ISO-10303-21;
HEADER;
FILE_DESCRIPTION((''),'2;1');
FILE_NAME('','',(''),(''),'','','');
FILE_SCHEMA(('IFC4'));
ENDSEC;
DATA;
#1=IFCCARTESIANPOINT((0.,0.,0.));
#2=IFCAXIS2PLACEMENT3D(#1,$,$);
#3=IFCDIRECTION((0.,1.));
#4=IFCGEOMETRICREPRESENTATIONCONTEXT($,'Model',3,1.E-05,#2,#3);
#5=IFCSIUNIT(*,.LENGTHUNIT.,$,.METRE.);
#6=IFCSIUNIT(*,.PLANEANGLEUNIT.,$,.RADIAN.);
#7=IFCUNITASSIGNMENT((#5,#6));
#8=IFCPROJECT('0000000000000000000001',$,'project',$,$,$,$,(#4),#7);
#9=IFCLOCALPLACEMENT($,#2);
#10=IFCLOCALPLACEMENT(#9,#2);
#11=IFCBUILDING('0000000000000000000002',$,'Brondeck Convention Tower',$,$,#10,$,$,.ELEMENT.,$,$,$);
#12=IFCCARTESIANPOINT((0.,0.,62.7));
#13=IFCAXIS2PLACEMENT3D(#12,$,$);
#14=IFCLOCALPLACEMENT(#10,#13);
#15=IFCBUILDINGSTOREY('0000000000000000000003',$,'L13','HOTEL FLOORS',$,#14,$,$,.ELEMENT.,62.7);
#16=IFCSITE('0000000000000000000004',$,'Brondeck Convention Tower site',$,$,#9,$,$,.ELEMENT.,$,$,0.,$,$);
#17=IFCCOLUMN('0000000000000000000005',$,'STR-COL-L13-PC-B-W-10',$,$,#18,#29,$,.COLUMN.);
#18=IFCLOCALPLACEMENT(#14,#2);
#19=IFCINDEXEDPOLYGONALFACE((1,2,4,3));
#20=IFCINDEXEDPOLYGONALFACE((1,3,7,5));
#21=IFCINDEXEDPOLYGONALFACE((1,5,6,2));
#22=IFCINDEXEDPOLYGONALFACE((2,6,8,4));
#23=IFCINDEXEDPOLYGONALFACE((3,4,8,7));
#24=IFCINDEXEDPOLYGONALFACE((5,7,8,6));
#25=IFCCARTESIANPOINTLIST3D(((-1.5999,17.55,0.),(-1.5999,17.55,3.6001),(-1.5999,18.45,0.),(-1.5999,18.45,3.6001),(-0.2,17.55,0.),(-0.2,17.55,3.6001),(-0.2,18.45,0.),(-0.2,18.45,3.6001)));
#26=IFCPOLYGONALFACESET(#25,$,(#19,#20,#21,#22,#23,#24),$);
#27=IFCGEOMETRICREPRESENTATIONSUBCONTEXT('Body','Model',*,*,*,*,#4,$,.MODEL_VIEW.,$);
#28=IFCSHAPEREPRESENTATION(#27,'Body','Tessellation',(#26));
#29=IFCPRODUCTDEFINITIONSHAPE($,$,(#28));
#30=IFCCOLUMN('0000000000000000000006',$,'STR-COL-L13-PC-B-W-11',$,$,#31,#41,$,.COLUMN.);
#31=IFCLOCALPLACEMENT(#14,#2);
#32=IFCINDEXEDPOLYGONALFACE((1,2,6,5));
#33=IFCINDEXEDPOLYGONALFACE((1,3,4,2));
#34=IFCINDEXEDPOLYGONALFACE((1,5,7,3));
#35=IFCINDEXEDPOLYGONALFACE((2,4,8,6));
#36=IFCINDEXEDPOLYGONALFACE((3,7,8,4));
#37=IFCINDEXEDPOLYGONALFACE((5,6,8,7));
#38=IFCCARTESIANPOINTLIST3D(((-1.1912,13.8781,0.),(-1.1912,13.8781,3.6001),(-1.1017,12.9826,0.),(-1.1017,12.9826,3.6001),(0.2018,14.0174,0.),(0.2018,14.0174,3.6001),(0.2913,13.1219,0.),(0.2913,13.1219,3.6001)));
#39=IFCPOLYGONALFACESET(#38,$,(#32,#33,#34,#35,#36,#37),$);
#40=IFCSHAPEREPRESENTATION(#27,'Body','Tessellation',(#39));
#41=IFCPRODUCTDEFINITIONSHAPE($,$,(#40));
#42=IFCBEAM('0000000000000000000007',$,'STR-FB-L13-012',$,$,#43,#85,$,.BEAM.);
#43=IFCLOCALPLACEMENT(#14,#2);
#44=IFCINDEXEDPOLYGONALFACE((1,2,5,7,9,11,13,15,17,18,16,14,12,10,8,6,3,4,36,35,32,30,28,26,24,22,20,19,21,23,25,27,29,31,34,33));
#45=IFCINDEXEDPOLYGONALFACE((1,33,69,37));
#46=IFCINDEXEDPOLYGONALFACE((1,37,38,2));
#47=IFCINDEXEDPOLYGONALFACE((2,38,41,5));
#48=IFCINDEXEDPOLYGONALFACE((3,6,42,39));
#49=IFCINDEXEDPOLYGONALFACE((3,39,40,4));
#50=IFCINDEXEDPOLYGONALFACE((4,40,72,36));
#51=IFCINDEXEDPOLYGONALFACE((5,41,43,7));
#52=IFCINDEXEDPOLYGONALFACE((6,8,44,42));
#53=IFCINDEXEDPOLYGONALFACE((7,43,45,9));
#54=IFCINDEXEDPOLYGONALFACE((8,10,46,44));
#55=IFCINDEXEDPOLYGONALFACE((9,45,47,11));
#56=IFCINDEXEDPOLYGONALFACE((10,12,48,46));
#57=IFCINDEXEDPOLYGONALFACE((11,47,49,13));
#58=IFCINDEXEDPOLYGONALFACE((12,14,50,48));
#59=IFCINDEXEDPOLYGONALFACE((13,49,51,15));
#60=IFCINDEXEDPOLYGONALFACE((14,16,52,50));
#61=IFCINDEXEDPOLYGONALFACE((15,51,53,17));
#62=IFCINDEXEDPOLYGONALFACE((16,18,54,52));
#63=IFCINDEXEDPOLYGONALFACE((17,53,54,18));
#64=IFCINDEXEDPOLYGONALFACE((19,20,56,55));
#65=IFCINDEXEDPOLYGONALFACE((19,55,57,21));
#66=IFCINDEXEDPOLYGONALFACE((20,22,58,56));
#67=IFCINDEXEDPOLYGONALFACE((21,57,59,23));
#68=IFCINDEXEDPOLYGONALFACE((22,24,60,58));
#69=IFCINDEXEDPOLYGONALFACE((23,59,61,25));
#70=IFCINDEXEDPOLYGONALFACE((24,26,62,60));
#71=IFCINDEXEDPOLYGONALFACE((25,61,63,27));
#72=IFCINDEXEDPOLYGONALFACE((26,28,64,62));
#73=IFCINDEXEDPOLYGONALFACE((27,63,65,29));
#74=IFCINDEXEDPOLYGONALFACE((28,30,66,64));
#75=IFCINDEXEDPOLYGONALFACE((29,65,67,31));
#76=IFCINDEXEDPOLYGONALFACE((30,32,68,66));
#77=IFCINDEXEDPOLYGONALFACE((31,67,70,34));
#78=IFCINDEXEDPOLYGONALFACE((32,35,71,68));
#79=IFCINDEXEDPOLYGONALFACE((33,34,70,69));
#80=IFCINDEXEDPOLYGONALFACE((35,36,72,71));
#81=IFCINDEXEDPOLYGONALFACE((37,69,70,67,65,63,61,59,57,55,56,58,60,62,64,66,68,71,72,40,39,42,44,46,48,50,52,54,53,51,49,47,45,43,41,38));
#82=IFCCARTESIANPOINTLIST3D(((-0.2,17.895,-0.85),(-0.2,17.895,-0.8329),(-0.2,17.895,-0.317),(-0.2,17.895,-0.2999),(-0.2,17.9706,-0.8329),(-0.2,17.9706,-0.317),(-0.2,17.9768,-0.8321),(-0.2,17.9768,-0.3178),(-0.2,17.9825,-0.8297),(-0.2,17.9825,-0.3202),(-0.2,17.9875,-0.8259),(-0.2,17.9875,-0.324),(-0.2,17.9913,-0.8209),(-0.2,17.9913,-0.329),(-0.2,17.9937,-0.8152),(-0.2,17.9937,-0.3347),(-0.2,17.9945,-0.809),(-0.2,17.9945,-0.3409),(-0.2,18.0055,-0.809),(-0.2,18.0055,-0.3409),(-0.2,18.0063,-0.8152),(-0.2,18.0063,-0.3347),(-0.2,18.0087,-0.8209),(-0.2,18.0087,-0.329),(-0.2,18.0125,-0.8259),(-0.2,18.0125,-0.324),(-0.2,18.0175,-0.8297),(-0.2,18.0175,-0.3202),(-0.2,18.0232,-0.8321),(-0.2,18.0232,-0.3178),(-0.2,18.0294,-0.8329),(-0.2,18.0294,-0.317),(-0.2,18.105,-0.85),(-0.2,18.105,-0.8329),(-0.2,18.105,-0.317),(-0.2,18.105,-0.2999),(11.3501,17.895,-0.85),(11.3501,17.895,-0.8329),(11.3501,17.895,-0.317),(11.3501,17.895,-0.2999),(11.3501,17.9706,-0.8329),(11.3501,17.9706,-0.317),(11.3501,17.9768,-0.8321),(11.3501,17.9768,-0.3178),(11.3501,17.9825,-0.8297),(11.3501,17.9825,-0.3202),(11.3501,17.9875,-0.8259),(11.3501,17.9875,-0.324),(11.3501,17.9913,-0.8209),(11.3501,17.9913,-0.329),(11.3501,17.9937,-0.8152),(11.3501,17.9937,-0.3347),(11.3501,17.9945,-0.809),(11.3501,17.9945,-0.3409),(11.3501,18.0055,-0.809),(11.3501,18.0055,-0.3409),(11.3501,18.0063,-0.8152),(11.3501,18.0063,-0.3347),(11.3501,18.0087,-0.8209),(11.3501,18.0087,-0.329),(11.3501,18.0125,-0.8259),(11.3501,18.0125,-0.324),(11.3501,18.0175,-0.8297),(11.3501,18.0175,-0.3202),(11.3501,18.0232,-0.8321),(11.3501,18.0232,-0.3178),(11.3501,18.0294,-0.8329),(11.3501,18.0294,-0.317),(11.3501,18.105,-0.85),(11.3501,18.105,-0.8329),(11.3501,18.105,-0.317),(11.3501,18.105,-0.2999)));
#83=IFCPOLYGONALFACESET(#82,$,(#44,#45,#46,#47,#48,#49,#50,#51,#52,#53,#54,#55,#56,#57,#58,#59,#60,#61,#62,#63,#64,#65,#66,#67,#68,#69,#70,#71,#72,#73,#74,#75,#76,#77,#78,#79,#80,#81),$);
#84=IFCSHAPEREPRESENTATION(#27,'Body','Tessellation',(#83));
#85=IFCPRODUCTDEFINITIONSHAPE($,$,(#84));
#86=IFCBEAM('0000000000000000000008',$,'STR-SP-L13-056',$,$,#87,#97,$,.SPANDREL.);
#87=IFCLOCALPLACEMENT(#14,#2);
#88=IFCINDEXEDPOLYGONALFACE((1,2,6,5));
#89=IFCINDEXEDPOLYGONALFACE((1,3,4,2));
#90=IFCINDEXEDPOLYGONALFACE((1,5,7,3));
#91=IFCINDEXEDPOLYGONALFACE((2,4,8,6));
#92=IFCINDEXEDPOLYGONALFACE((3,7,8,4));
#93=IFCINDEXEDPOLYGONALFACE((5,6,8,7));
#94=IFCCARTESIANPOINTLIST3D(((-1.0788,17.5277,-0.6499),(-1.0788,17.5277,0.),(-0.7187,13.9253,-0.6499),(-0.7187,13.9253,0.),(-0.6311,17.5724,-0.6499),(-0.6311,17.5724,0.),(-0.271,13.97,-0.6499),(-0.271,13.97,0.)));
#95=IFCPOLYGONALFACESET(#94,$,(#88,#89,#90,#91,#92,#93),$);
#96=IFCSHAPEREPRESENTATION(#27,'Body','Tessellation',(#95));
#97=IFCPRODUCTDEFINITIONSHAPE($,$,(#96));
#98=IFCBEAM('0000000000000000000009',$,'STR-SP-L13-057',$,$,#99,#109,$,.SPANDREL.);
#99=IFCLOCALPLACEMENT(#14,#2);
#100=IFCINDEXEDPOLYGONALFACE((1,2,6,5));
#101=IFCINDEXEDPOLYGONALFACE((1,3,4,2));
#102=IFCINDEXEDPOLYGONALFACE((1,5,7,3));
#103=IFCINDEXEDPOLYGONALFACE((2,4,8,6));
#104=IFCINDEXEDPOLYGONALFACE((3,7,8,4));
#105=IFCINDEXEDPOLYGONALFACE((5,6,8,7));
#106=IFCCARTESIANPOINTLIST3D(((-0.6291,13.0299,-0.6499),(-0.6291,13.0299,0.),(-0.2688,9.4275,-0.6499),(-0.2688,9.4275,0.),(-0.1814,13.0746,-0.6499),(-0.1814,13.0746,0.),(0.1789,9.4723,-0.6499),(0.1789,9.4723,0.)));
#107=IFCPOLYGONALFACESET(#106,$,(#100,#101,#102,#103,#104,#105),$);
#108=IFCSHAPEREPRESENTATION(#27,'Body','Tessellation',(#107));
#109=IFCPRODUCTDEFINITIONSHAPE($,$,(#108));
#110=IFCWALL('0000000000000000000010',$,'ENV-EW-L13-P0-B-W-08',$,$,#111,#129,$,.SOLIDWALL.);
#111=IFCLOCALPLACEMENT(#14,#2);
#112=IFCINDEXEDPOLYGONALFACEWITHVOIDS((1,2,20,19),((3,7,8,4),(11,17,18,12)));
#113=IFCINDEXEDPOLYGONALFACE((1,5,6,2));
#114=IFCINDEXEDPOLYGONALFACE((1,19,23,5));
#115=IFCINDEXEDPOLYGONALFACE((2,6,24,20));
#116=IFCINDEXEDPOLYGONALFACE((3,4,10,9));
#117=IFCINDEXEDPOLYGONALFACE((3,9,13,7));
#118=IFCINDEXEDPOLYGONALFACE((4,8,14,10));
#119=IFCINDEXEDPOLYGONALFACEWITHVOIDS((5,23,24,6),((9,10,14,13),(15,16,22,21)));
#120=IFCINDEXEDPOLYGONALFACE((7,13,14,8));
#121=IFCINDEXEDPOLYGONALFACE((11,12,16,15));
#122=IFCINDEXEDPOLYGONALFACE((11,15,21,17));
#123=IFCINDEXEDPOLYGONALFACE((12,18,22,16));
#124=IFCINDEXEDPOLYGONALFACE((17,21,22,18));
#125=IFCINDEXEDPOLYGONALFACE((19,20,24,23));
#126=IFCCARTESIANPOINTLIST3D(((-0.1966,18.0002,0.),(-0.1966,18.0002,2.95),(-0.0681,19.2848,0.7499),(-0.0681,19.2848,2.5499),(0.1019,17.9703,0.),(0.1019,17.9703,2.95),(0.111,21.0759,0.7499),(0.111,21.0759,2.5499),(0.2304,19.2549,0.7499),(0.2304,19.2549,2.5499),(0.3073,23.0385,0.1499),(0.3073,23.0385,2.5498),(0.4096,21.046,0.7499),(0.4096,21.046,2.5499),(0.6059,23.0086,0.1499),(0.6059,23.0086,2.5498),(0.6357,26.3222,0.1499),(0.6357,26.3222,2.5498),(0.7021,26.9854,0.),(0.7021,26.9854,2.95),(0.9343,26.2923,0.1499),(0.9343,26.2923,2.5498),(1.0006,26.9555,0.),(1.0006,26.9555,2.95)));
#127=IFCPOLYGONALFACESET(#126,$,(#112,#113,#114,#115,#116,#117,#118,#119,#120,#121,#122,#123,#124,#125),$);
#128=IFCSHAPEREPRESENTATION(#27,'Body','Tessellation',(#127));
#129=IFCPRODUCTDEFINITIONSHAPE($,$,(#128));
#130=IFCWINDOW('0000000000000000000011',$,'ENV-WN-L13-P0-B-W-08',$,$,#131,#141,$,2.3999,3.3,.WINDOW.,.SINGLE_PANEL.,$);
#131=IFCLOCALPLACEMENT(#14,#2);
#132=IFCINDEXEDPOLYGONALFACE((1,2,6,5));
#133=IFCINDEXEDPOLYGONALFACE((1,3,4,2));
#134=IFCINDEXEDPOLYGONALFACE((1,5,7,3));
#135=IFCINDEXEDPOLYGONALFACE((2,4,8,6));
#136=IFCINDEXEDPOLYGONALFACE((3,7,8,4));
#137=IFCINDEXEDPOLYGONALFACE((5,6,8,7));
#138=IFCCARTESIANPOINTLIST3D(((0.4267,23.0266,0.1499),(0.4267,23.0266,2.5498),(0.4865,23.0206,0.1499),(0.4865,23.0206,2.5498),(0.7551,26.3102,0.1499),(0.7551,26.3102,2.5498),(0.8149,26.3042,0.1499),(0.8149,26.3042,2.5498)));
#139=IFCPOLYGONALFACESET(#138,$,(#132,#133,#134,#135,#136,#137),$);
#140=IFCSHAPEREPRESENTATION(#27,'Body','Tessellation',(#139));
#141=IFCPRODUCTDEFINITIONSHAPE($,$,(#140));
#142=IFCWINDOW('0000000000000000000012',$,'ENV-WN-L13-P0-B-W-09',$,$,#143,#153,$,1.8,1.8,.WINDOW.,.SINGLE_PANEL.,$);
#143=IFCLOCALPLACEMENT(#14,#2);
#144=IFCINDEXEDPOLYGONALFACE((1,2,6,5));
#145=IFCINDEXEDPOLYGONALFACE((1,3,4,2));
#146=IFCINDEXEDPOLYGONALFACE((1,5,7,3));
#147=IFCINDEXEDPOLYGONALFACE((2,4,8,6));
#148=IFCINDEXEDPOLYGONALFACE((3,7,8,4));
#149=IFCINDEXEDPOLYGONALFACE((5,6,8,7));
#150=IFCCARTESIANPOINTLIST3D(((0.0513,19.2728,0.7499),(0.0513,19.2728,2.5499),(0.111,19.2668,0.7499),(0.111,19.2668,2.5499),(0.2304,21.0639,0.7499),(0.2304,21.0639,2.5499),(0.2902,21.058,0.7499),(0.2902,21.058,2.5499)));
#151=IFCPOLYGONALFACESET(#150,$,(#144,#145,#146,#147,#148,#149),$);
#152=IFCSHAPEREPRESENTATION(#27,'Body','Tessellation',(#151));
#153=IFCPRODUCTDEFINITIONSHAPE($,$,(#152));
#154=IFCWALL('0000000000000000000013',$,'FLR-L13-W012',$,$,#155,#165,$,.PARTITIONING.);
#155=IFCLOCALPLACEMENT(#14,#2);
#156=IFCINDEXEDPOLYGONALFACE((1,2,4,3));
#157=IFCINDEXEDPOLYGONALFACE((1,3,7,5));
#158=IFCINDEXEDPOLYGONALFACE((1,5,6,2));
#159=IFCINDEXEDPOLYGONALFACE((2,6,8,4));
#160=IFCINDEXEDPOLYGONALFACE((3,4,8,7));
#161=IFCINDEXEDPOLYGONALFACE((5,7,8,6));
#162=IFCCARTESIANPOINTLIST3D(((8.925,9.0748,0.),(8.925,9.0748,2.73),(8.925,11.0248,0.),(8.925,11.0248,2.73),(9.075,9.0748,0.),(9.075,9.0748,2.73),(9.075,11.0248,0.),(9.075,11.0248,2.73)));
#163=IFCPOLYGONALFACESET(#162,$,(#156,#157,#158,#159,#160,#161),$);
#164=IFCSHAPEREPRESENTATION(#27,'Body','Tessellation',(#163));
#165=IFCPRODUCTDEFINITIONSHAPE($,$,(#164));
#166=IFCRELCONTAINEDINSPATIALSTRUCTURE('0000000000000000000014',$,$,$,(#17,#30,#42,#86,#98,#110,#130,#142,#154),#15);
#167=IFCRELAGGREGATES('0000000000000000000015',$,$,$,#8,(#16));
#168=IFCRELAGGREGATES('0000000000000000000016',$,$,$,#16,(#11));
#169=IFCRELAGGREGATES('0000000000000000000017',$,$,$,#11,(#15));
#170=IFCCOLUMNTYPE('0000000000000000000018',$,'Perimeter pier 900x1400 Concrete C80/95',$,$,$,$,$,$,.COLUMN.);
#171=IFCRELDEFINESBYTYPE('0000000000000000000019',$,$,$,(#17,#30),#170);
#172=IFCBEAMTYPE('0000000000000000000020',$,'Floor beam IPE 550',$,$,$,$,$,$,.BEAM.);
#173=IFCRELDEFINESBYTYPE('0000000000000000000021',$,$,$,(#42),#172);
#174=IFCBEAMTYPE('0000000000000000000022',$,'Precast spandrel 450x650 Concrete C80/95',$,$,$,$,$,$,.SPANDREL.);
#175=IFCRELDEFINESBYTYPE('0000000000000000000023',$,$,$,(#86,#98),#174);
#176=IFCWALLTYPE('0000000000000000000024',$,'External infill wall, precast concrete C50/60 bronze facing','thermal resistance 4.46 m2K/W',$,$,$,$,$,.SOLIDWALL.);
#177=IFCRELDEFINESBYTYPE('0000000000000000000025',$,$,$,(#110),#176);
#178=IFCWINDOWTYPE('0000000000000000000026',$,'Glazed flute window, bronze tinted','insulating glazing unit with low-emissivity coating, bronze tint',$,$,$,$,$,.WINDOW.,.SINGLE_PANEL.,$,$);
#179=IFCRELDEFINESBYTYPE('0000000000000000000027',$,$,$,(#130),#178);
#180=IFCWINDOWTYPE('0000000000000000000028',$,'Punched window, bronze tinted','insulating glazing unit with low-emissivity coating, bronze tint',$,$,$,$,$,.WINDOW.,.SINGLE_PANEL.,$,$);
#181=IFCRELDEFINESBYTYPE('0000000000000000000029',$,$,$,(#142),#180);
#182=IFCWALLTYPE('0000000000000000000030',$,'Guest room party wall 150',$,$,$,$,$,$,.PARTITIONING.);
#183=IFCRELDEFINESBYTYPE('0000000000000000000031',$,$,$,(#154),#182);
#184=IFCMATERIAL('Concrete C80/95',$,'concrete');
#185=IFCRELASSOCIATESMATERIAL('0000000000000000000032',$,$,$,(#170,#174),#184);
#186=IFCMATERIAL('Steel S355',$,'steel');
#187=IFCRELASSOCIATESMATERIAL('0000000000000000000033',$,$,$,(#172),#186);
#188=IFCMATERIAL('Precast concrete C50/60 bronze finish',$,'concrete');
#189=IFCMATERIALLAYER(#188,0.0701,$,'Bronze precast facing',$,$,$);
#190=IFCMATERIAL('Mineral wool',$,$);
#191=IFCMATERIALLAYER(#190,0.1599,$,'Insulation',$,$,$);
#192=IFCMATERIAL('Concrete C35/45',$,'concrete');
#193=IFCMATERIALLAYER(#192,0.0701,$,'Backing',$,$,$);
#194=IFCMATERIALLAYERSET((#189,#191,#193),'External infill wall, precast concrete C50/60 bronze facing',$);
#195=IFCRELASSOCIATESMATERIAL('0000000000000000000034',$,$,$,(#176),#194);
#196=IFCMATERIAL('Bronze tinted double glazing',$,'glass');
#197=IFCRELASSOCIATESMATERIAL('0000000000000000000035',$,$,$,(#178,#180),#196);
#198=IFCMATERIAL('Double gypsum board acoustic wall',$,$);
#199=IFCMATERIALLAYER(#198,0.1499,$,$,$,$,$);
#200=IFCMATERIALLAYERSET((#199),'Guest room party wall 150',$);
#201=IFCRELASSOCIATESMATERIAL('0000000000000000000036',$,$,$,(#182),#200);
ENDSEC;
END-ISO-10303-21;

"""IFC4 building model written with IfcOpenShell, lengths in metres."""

from ifc_helpers import new_model, si_unit, direction, frame, frame_2d, origin, origin_2d, place, context, subcontext, project, spatial, rectangle, i_section, extrude, material, layer, layer_set, material_profile, profile_set, type_object, element, fill, save


model = new_model("IFC4")

# Units and contexts
model_context = context("Model", 3, precision=1e-05, world=origin(), true_north=direction((0.0, 1.0)))
body_context = subcontext(model_context, "Body", "Model", "MODEL_VIEW")
ifc_project = project(units=[si_unit("LENGTHUNIT", "METRE"), si_unit("PLANEANGLEUNIT", "RADIAN")], contexts=[model_context])

# Site, building, storey
site_placement = place(None, origin())
site = spatial("IfcSite", under=ifc_project, at=site_placement, Name="Brondeck Convention Tower site", CompositionType="ELEMENT", RefElevation=0.0)
building_placement = place(site_placement, origin())
building = spatial("IfcBuilding", under=site, at=building_placement, Name="Brondeck Convention Tower", CompositionType="ELEMENT")
storey_placement = place(building_placement, frame((0.0, 0.0, 62.7)))
storey = spatial("IfcBuildingStorey", under=building, at=storey_placement, Name="L13", Description="HOTEL FLOORS", CompositionType="ELEMENT", Elevation=62.7)

# Columns
ifc_material_1 = material(Name="Concrete C80/95", Category="concrete")
ifc_material_profile_1 = material_profile(ifc_material_1, rectangle(XDim=0.8999, YDim=1.3999, at=origin_2d()), Name="Perimeter pier 900x1400 Concrete C80/95")
ifc_profile_set_1 = profile_set([ifc_material_profile_1], Name="Concrete C80/95")
column_type = type_object("IfcColumnType", Name="Perimeter pier 900x1400 Concrete C80/95", PredefinedType="COLUMN", material=ifc_profile_set_1)
for number, where, z_axis, x_axis, name in (
    (1, (-0.8999, 18.0, 0.0), (0.0, 0.0, 1.0), (0.0, -1.0, 0.0), "STR-COL-L13-PC-B-W-10"),
    (2, (-0.45, 13.5, 0.0), (0.0, 0.0, 1.0), (0.099504, -0.995037, 0.0), "STR-COL-L13-PC-B-W-11"),
):
    element("IfcColumn", number, at=place(storey_placement, frame(where, z_axis=z_axis, x_axis=x_axis)), inside=storey, type_object=column_type, Name=name, PredefinedType="COLUMN", context=body_context, shape_type="SweptSolid", body=[
        extrude(rectangle(XDim=0.8999, YDim=1.3999, at=origin_2d()), origin(), (0.0, 0.0, 1.0), 3.6001),
    ])

# Beams
ifc_material_2 = material(Name="Steel S355", Category="steel")
ifc_material_profile_2 = material_profile(ifc_material_2, i_section(OverallWidth=0.21, OverallDepth=0.55, WebThickness=0.011, FlangeThickness=0.0171, FilletRadius=0.0239, at=origin_2d()), Name="IPE 550")
ifc_profile_set_2 = profile_set([ifc_material_profile_2], Name="Steel S355")
beam_type_1 = type_object("IfcBeamType", Name="Floor beam IPE 550", PredefinedType="BEAM", material=ifc_profile_set_2)
beam_placement = place(storey_placement, frame((-0.2, 18.0, -0.575), z_axis=(1.0, 0.0, 0.0), x_axis=(0.0, 1.0, 0.0)))
element("IfcBeam", 3, at=beam_placement, inside=storey, type_object=beam_type_1, Name="STR-FB-L13-012", PredefinedType="BEAM", context=body_context, shape_type="SweptSolid", body=[
    extrude(i_section(OverallWidth=0.21, OverallDepth=0.55, WebThickness=0.011, FlangeThickness=0.0171, FilletRadius=0.0239, at=origin_2d()), origin(), (0.0, 0.0, 1.0), 11.55),
])
ifc_material_profile_3 = material_profile(ifc_material_1, rectangle(XDim=0.45, YDim=0.6499, at=origin_2d()), Name="Precast spandrel 450x650 Concrete C80/95")
ifc_profile_set_3 = profile_set([ifc_material_profile_3], Name="Concrete C80/95")
beam_type_2 = type_object("IfcBeamType", Name="Precast spandrel 450x650 Concrete C80/95", PredefinedType="SPANDREL", material=ifc_profile_set_3)
for number, where, z_axis, x_axis, name in (
    (4, (-0.855, 17.55, -0.325), (0.09947, -0.995041, 0.0), (0.995041, 0.09947, 0.0), "STR-SP-L13-056"),
    (5, (-0.4053, 13.0522, -0.325), (0.099537, -0.995034, 0.0), (0.995034, 0.099537, 0.0), "STR-SP-L13-057"),
):
    element("IfcBeam", number, at=place(storey_placement, frame(where, z_axis=z_axis, x_axis=x_axis)), inside=storey, type_object=beam_type_2, Name=name, PredefinedType="SPANDREL", context=body_context, shape_type="SweptSolid", body=[
        extrude(rectangle(XDim=0.45, YDim=0.6499, at=origin_2d()), origin(), (0.0, 0.0, 1.0), 3.6204),
    ])

# Wall, openings, windows
ifc_material_3 = material(Name="Precast concrete C50/60 bronze finish", Category="concrete")
ifc_layer_1 = layer(ifc_material_3, 0.0701, Name="Bronze precast facing")
ifc_material_4 = material(Name="Mineral wool")
ifc_layer_2 = layer(ifc_material_4, 0.1599, Name="Insulation")
ifc_material_5 = material(Name="Concrete C35/45", Category="concrete")
ifc_layer_3 = layer(ifc_material_5, 0.0701, Name="Backing")
ifc_layer_set_1 = layer_set([ifc_layer_1, ifc_layer_2, ifc_layer_3], Name="External infill wall, precast concrete C50/60 bronze facing")
wall_type_1 = type_object("IfcWallType", Name="External infill wall, precast concrete C50/60 bronze facing", Description="thermal resistance 4.46 m2K/W", PredefinedType="SOLIDWALL", material=ifc_layer_set_1)
wall_1_placement = place(storey_placement, frame((-0.0474, 17.9851, 0.0), z_axis=(0.0, 0.0, 1.0), x_axis=(0.099522, 0.995035, 0.0)))
wall_1 = element("IfcWall", 6, at=wall_1_placement, inside=storey, type_object=wall_type_1, Name="ENV-EW-L13-P0-B-W-08", PredefinedType="SOLIDWALL", context=body_context, shape_type="SweptSolid", body=[
    extrude(rectangle(XDim=9.03, YDim=0.3, at=frame_2d((4.5151, 0.0))), origin(), (0.0, 0.0, 1.0), 2.95),
])
opening_1_placement = place(wall_1_placement, frame((1.2913, 0.0, 0.75)))
opening_1 = element("IfcOpeningElement", 7, at=opening_1_placement, cuts=wall_1, PredefinedType="OPENING", context=body_context, shape_type="SweptSolid", body=[
    extrude(rectangle(XDim=1.8, YDim=1.8, at=frame_2d((0.8999, 0.8999))), frame((0.0, 0.1599, 0.0), z_axis=(0.0, -1.0, 0.0), x_axis=(1.0, 0.0, 0.0)), (0.0, 0.0, 1.0), 0.3201),
])
opening_2_placement = place(wall_1_placement, frame((5.0637, 0.0, 0.1499)))
opening_2 = element("IfcOpeningElement", 8, at=opening_2_placement, cuts=wall_1, PredefinedType="OPENING", context=body_context, shape_type="SweptSolid", body=[
    extrude(rectangle(XDim=3.3, YDim=2.3999, at=frame_2d((1.6499, 1.2))), frame((0.0, 0.1599, 0.0), z_axis=(0.0, -1.0, 0.0), x_axis=(1.0, 0.0, 0.0)), (0.0, 0.0, 1.0), 0.3201),
])
ifc_material_6 = material(Name="Bronze tinted double glazing", Category="glass")
window_type_1 = type_object("IfcWindowType", Name="Glazed flute window, bronze tinted", Description="insulating glazing unit with low-emissivity coating, bronze tint", PartitioningType="SINGLE_PANEL", PredefinedType="WINDOW", material=ifc_material_6)
window_1_placement = place(opening_2_placement, origin())
window_1 = element("IfcWindow", 9, at=window_1_placement, inside=storey, type_object=window_type_1, Name="ENV-WN-L13-P0-B-W-08", OverallHeight=2.3999, OverallWidth=3.3, PartitioningType="SINGLE_PANEL", PredefinedType="WINDOW", context=body_context, shape_type="SweptSolid", body=[
    extrude(rectangle(XDim=3.3, YDim=2.3999, at=frame_2d((1.6499, 1.2))), frame((0.0, 0.03, 0.0), z_axis=(0.0, -1.0, 0.0), x_axis=(1.0, 0.0, 0.0)), (0.0, 0.0, 1.0), 0.0601),
])
fill(opening_2, window_1)
window_type_2 = type_object("IfcWindowType", Name="Punched window, bronze tinted", Description="insulating glazing unit with low-emissivity coating, bronze tint", PartitioningType="SINGLE_PANEL", PredefinedType="WINDOW", material=ifc_material_6)
window_2_placement = place(opening_1_placement, origin())
window_2 = element("IfcWindow", 10, at=window_2_placement, inside=storey, type_object=window_type_2, Name="ENV-WN-L13-P0-B-W-09", OverallHeight=1.8, OverallWidth=1.8, PartitioningType="SINGLE_PANEL", PredefinedType="WINDOW", context=body_context, shape_type="SweptSolid", body=[
    extrude(rectangle(XDim=1.8, YDim=1.8, at=frame_2d((0.8999, 0.8999))), frame((0.0, 0.03, 0.0), z_axis=(0.0, -1.0, 0.0), x_axis=(1.0, 0.0, 0.0)), (0.0, 0.0, 1.0), 0.0601),
])
fill(opening_1, window_2)

# Wall
ifc_material_7 = material(Name="Double gypsum board acoustic wall")
ifc_layer_4 = layer(ifc_material_7, 0.1499)
ifc_layer_set_2 = layer_set([ifc_layer_4], Name="Guest room party wall 150")
wall_type_2 = type_object("IfcWallType", Name="Guest room party wall 150", PredefinedType="PARTITIONING", material=ifc_layer_set_2)
wall_2_placement = place(storey_placement, frame((9.0, 11.0249, 0.0), z_axis=(0.0, 0.0, 1.0), x_axis=(0.0, -1.0, 0.0)))
element("IfcWall", 11, at=wall_2_placement, inside=storey, type_object=wall_type_2, Name="FLR-L13-W012", PredefinedType="PARTITIONING", context=body_context, shape_type="SweptSolid", body=[
    extrude(rectangle(XDim=1.95, YDim=0.1499, at=frame_2d((0.9751, 0.0))), origin(), (0.0, 0.0, 1.0), 2.73),
])

save(model, "model.ifc")
